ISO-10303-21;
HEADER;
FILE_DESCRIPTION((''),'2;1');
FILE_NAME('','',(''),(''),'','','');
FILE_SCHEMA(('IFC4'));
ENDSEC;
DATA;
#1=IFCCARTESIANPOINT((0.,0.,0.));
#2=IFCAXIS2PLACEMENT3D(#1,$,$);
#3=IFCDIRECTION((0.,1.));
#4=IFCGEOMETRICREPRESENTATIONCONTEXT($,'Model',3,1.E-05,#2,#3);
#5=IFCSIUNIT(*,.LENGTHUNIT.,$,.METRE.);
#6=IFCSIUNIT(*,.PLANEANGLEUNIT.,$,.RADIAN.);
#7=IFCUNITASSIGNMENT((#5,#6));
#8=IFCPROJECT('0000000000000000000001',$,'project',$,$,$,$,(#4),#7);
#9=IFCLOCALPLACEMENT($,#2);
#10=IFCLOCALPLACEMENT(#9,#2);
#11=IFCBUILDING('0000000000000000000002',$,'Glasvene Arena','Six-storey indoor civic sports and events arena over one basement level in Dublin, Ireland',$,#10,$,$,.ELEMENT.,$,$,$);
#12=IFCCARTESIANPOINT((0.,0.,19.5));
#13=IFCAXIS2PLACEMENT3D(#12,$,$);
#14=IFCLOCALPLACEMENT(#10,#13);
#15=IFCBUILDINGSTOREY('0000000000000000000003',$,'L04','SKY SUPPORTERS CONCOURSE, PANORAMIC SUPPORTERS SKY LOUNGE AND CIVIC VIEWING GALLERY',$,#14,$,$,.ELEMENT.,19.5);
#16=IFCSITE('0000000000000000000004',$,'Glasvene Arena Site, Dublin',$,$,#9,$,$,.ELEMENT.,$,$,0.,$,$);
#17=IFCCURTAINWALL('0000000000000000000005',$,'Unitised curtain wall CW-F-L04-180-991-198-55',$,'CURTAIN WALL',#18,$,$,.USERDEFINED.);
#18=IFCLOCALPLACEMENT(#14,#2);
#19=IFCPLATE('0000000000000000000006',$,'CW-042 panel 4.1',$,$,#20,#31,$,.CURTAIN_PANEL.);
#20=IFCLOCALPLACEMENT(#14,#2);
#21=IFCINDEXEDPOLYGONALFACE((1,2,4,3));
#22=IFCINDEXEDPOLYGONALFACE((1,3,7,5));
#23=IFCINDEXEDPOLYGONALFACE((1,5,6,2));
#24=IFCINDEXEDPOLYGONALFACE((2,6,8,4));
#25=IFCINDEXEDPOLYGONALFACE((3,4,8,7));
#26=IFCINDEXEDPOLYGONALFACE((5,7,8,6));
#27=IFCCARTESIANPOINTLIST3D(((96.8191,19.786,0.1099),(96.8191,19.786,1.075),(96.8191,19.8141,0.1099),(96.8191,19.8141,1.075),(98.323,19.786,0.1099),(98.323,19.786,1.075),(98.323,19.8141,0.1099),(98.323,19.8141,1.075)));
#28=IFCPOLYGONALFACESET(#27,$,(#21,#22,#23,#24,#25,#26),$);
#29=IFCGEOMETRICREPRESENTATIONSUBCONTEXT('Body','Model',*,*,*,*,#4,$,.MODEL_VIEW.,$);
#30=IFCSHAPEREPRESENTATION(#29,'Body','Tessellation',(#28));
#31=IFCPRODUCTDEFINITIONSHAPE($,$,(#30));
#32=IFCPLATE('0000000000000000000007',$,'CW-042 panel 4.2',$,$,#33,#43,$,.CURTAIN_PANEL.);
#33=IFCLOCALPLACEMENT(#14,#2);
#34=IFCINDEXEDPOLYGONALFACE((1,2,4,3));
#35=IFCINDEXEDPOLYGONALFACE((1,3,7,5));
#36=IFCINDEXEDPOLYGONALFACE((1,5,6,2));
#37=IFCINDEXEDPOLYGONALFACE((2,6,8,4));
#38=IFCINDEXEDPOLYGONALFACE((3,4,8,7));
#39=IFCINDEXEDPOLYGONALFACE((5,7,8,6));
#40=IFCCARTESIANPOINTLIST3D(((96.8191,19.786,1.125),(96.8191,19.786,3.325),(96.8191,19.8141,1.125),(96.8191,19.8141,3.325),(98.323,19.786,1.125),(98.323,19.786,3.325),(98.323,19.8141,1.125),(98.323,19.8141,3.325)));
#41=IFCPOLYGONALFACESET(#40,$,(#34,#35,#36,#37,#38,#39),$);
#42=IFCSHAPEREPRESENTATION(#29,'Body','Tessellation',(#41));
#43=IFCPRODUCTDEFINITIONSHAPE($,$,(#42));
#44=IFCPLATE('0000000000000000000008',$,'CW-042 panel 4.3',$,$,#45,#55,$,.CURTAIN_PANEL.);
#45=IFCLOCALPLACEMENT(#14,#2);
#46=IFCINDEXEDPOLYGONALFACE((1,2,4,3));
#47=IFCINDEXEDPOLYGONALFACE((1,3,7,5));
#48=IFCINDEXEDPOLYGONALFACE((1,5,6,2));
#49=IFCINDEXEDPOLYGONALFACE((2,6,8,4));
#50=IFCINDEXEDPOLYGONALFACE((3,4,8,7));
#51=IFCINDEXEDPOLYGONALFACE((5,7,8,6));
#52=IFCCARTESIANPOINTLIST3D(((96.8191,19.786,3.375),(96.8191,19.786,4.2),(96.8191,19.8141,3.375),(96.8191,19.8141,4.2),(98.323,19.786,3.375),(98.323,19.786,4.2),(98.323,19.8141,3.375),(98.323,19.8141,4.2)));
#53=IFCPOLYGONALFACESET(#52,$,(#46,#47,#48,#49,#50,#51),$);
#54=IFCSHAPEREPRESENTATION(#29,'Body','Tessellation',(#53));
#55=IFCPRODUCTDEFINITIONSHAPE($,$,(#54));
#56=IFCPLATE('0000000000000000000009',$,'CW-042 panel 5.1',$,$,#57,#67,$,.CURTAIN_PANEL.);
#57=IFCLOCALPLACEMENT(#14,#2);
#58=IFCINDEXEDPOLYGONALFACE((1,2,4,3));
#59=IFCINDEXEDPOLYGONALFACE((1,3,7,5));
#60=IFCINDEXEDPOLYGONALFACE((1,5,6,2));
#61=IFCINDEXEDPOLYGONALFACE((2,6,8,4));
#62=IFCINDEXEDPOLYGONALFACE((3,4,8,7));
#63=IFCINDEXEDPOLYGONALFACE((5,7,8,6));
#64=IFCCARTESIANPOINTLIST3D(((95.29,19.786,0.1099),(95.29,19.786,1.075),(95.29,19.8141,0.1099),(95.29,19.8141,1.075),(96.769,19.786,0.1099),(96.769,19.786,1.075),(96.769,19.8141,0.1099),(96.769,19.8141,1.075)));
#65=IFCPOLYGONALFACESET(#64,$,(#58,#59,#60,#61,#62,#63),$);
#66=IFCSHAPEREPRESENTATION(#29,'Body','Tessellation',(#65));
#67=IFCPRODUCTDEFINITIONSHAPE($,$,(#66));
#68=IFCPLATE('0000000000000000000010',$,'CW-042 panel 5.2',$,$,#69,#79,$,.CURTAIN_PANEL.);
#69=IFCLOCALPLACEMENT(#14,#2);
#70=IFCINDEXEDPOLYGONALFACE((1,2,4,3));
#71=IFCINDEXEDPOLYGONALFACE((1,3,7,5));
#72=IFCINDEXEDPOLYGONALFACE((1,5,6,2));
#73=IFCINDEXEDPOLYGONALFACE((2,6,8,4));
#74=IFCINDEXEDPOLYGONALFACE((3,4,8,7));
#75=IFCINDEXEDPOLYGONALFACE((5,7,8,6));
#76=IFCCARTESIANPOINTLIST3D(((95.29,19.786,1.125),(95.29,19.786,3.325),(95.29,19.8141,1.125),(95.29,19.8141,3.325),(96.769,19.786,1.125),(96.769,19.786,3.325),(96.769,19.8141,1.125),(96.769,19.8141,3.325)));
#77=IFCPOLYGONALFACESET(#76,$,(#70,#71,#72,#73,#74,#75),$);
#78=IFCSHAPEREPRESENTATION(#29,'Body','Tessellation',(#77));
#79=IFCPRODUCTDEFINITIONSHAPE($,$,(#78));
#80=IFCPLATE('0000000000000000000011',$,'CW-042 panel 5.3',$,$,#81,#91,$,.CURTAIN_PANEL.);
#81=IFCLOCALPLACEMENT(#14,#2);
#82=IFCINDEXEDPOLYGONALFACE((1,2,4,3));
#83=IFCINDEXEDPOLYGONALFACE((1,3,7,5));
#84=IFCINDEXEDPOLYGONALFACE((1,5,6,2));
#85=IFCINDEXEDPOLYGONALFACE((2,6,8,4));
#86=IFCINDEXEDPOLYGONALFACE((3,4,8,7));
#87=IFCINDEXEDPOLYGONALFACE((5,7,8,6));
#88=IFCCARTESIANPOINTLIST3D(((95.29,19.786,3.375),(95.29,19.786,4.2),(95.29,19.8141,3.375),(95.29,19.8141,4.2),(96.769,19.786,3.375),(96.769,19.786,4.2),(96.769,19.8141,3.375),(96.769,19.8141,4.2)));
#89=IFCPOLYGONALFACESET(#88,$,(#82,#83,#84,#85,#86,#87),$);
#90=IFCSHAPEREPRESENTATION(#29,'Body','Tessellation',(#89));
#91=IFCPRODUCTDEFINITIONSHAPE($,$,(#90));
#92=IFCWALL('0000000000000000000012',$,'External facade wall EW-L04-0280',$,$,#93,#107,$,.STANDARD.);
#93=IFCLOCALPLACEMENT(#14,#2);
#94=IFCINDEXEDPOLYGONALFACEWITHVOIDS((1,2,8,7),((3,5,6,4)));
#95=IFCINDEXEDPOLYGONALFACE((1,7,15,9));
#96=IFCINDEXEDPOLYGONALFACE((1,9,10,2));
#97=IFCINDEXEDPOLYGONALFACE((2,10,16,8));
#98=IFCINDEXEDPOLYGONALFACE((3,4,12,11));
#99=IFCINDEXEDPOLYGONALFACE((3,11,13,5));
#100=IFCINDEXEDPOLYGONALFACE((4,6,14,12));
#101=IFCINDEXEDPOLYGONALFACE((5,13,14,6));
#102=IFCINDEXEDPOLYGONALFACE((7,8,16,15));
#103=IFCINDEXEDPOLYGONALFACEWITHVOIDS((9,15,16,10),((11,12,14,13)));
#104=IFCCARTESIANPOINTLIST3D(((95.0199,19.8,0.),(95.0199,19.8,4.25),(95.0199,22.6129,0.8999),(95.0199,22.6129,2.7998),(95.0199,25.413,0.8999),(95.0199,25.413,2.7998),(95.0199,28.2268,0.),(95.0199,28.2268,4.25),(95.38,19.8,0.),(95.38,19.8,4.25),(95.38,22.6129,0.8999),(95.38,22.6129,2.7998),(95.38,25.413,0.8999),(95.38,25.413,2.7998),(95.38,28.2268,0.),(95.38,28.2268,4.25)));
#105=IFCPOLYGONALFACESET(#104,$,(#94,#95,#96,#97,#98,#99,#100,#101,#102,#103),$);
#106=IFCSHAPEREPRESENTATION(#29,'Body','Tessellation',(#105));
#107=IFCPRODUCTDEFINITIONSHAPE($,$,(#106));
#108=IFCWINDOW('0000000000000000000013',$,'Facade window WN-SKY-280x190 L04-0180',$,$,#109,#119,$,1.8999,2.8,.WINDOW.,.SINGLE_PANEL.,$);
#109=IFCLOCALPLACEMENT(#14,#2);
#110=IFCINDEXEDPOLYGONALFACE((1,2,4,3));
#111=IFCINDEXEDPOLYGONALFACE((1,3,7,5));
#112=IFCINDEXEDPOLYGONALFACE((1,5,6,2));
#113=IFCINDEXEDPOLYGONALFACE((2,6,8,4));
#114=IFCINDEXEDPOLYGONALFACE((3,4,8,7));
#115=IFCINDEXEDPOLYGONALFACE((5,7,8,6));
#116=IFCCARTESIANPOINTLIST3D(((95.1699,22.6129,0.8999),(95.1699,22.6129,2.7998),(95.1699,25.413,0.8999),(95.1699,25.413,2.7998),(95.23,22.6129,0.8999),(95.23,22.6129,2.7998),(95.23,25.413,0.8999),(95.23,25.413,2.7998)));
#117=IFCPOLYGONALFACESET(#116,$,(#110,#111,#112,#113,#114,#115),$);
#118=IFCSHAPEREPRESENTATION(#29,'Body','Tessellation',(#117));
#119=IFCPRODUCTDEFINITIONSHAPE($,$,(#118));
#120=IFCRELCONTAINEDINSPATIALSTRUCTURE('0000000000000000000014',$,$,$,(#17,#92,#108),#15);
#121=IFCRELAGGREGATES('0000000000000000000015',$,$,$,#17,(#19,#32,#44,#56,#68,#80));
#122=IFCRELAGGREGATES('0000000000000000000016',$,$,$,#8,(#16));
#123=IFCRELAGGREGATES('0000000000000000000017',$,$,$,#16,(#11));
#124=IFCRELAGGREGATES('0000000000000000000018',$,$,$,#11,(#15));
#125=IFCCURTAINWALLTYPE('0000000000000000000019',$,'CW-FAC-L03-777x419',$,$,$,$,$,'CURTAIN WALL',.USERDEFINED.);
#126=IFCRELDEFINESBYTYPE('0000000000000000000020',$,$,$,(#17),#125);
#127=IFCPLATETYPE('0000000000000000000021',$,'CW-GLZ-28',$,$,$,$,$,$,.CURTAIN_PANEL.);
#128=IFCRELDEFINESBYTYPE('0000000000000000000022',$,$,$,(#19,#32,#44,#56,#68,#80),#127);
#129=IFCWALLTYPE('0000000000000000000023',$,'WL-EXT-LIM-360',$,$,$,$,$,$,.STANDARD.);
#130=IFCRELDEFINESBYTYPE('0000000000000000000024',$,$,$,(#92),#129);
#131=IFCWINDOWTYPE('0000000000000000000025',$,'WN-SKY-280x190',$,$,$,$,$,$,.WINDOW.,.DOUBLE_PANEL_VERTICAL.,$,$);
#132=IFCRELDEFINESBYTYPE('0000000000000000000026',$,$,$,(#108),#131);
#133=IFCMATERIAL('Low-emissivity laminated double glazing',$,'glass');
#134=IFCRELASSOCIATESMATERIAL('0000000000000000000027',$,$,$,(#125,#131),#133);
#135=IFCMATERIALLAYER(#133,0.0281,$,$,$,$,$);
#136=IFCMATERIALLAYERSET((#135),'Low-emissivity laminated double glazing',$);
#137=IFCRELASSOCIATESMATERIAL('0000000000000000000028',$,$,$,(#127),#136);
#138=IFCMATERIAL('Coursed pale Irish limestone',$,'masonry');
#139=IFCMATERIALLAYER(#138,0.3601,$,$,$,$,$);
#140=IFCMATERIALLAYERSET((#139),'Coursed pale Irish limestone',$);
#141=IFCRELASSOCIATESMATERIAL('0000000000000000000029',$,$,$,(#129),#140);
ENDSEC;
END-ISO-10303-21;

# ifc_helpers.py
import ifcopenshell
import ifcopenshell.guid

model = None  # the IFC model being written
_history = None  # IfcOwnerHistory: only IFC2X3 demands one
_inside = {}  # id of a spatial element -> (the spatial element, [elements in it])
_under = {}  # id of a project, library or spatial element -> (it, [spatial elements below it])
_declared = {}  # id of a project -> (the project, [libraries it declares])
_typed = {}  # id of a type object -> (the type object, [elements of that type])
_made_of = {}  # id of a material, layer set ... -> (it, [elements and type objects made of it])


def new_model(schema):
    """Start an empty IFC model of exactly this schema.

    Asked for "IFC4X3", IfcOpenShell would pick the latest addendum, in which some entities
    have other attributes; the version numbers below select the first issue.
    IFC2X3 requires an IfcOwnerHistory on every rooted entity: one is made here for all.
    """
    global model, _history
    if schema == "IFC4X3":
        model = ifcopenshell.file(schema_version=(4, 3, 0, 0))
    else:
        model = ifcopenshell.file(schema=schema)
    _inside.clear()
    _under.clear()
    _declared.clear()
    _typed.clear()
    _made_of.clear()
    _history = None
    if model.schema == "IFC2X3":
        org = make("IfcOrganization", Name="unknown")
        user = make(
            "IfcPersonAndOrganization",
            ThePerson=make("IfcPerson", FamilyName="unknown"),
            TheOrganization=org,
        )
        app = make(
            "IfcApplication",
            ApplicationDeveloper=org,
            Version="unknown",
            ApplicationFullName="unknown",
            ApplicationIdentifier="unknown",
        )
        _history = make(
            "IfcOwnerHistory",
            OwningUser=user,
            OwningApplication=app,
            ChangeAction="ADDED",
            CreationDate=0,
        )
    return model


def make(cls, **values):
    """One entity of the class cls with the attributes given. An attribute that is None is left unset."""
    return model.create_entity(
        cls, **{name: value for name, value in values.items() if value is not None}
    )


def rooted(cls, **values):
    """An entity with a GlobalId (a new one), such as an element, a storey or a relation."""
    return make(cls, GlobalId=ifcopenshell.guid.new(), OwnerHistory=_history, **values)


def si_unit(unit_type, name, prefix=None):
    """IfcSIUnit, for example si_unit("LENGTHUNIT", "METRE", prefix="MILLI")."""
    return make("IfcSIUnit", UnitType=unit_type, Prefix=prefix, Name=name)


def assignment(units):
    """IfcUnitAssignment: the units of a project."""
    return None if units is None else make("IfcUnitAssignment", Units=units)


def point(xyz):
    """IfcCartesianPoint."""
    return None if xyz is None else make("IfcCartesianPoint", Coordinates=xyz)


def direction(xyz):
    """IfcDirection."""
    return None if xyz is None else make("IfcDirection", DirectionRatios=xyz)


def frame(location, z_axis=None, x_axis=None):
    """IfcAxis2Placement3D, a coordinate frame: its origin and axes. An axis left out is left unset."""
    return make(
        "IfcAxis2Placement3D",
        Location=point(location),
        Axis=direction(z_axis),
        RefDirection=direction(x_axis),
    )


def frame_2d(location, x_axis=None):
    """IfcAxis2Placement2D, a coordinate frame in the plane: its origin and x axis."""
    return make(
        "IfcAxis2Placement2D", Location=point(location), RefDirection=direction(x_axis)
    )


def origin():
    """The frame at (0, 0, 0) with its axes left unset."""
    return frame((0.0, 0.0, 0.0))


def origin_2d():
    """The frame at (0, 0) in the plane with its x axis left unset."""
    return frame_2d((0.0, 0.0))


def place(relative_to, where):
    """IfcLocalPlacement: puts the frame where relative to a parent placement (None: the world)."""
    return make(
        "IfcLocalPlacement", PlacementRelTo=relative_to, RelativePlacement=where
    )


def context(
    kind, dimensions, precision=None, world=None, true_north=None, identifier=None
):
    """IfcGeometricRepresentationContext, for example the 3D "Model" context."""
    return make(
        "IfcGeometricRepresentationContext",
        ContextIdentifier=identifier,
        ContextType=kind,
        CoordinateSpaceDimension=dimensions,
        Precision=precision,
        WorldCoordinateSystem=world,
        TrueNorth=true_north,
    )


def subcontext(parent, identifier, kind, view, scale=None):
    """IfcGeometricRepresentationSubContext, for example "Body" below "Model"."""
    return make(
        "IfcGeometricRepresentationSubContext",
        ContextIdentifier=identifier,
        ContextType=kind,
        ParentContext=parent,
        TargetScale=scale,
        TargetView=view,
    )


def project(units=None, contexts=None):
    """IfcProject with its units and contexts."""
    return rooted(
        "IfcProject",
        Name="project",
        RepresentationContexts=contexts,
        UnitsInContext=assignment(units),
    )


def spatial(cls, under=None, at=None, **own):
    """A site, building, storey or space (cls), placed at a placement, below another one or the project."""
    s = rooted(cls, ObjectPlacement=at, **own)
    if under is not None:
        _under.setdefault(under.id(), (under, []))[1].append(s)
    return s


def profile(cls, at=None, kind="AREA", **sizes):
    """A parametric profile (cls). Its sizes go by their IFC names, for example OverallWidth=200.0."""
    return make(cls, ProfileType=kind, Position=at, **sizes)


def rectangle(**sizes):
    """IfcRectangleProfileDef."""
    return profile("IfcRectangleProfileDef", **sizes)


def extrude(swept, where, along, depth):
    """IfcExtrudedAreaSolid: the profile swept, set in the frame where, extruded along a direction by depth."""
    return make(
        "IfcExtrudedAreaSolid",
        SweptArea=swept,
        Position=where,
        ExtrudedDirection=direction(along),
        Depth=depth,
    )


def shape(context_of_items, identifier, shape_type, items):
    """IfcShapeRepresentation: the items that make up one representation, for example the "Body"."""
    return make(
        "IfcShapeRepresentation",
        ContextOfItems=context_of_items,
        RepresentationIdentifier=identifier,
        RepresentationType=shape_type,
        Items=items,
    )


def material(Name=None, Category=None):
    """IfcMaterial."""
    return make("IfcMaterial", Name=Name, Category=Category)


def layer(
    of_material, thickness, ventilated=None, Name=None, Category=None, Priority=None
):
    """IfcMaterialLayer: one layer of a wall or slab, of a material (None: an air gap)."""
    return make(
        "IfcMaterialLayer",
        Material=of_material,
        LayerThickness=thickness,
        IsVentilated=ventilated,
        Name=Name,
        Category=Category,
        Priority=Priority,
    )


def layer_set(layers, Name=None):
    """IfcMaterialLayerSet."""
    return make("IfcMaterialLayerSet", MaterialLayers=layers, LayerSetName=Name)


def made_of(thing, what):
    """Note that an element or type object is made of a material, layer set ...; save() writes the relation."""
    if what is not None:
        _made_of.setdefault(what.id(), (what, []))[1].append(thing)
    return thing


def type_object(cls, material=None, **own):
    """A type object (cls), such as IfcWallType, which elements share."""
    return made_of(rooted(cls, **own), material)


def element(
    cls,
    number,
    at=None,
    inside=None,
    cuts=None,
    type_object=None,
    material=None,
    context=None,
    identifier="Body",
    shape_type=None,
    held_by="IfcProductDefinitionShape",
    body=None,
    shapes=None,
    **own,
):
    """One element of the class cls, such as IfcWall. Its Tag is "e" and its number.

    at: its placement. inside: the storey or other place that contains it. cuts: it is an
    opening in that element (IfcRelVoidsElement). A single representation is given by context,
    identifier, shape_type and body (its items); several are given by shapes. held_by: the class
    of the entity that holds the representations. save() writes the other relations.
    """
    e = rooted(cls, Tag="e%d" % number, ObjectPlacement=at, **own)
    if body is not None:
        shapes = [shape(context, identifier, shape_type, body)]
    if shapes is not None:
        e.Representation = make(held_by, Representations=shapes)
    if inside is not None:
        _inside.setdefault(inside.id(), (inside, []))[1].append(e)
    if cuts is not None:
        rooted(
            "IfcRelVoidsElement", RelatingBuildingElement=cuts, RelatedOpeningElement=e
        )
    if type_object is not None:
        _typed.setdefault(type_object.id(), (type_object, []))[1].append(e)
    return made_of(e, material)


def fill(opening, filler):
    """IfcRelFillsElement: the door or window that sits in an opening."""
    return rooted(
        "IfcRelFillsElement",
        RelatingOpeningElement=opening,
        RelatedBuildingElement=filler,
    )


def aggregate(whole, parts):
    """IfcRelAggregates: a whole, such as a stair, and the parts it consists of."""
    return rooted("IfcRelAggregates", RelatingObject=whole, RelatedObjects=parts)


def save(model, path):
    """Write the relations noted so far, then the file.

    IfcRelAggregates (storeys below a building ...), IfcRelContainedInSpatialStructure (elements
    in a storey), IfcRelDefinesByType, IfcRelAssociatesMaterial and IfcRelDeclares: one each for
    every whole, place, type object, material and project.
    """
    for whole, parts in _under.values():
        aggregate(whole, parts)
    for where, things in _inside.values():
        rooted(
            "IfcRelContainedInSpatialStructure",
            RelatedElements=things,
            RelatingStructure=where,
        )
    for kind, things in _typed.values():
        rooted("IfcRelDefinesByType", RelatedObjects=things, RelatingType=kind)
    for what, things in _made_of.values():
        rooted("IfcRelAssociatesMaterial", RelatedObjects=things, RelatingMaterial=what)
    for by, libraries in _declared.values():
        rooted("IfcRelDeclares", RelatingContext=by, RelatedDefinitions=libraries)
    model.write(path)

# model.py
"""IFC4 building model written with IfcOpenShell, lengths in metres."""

from ifc_helpers import new_model, si_unit, direction, frame, frame_2d, origin, origin_2d, place, context, subcontext, project, spatial, rectangle, extrude, material, layer, layer_set, type_object, element, fill, aggregate, save


model = new_model("IFC4")

# Units and contexts
model_context = context("Model", 3, precision=1e-05, world=origin(), true_north=direction((0.0, 1.0)))
body_context = subcontext(model_context, "Body", "Model", "MODEL_VIEW")
ifc_project = project(units=[si_unit("LENGTHUNIT", "METRE"), si_unit("PLANEANGLEUNIT", "RADIAN")], contexts=[model_context])

# Site, building, storey
site_placement = place(None, origin())
site = spatial("IfcSite", under=ifc_project, at=site_placement, Name="Glasvene Arena Site, Dublin", CompositionType="ELEMENT", RefElevation=0.0)
building_placement = place(site_placement, origin())
building = spatial("IfcBuilding", under=site, at=building_placement, Name="Glasvene Arena", Description="Six-storey indoor civic sports and events arena over one basement level in Dublin, Ireland", CompositionType="ELEMENT")
storey_placement = place(building_placement, frame((0.0, 0.0, 19.5)))
storey = spatial("IfcBuildingStorey", under=building, at=storey_placement, Name="L04", Description="SKY SUPPORTERS CONCOURSE, PANORAMIC SUPPORTERS SKY LOUNGE AND CIVIC VIEWING GALLERY", CompositionType="ELEMENT", Elevation=19.5)

# Curtain wall, plates
ifc_material_1 = material(Name="Low-emissivity laminated double glazing", Category="glass")
curtain_wall_type = type_object("IfcCurtainWallType", Name="CW-FAC-L03-777x419", ElementType="CURTAIN WALL", PredefinedType="USERDEFINED", material=ifc_material_1)
curtain_wall_placement = place(storey_placement, frame((103.01, 19.8, 0.0)))
curtain_wall = element("IfcCurtainWall", 1, at=curtain_wall_placement, inside=storey, type_object=curtain_wall_type, Name="Unitised curtain wall CW-F-L04-180-991-198-55", ObjectType="CURTAIN WALL", PredefinedType="USERDEFINED")
ifc_layer_1 = layer(ifc_material_1, 0.0281)
ifc_layer_set_1 = layer_set([ifc_layer_1], Name="Low-emissivity laminated double glazing")
plate_type = type_object("IfcPlateType", Name="CW-GLZ-28", PredefinedType="CURTAIN_PANEL", material=ifc_layer_set_1)
plate_1_placement = place(storey_placement, frame((97.571, 19.8, 0.1099), z_axis=(0.0, 0.0, 1.0), x_axis=(-1.0, 0.0, 0.0)))
plate_1 = element("IfcPlate", 2, at=plate_1_placement, type_object=plate_type, Name="CW-042 panel 4.1", PredefinedType="CURTAIN_PANEL", context=body_context, shape_type="SweptSolid", body=[
    extrude(rectangle(XDim=1.5039, YDim=0.0281, at=origin_2d()), origin(), (0.0, 0.0, 1.0), 0.9651),
])
plate_2_placement = place(storey_placement, frame((97.571, 19.8, 1.125), z_axis=(0.0, 0.0, 1.0), x_axis=(-1.0, 0.0, 0.0)))
plate_2 = element("IfcPlate", 3, at=plate_2_placement, type_object=plate_type, Name="CW-042 panel 4.2", PredefinedType="CURTAIN_PANEL", context=body_context, shape_type="SweptSolid", body=[
    extrude(rectangle(XDim=1.5039, YDim=0.0281, at=origin_2d()), origin(), (0.0, 0.0, 1.0), 2.2),
])
plate_3_placement = place(storey_placement, frame((97.571, 19.8, 3.375), z_axis=(0.0, 0.0, 1.0), x_axis=(-1.0, 0.0, 0.0)))
plate_3 = element("IfcPlate", 4, at=plate_3_placement, type_object=plate_type, Name="CW-042 panel 4.3", PredefinedType="CURTAIN_PANEL", context=body_context, shape_type="SweptSolid", body=[
    extrude(rectangle(XDim=1.5039, YDim=0.0281, at=origin_2d()), origin(), (0.0, 0.0, 1.0), 0.825),
])
plate_4_placement = place(storey_placement, frame((96.0295, 19.8, 0.1099), z_axis=(0.0, 0.0, 1.0), x_axis=(-1.0, 0.0, 0.0)))
plate_4 = element("IfcPlate", 5, at=plate_4_placement, type_object=plate_type, Name="CW-042 panel 5.1", PredefinedType="CURTAIN_PANEL", context=body_context, shape_type="SweptSolid", body=[
    extrude(rectangle(XDim=1.479, YDim=0.0281, at=origin_2d()), origin(), (0.0, 0.0, 1.0), 0.9651),
])
plate_5_placement = place(storey_placement, frame((96.0295, 19.8, 1.125), z_axis=(0.0, 0.0, 1.0), x_axis=(-1.0, 0.0, 0.0)))
plate_5 = element("IfcPlate", 6, at=plate_5_placement, type_object=plate_type, Name="CW-042 panel 5.2", PredefinedType="CURTAIN_PANEL", context=body_context, shape_type="SweptSolid", body=[
    extrude(rectangle(XDim=1.479, YDim=0.0281, at=origin_2d()), origin(), (0.0, 0.0, 1.0), 2.2),
])
plate_6_placement = place(storey_placement, frame((96.0295, 19.8, 3.375), z_axis=(0.0, 0.0, 1.0), x_axis=(-1.0, 0.0, 0.0)))
plate_6 = element("IfcPlate", 7, at=plate_6_placement, type_object=plate_type, Name="CW-042 panel 5.3", PredefinedType="CURTAIN_PANEL", context=body_context, shape_type="SweptSolid", body=[
    extrude(rectangle(XDim=1.479, YDim=0.0281, at=origin_2d()), origin(), (0.0, 0.0, 1.0), 0.825),
])
aggregate(curtain_wall, [plate_1, plate_2, plate_3, plate_4, plate_5, plate_6])

# Wall, opening, window
ifc_material_2 = material(Name="Coursed pale Irish limestone", Category="masonry")
ifc_layer_2 = layer(ifc_material_2, 0.3601)
ifc_layer_set_2 = layer_set([ifc_layer_2], Name="Coursed pale Irish limestone")
wall_type = type_object("IfcWallType", Name="WL-EXT-LIM-360", PredefinedType="STANDARD", material=ifc_layer_set_2)
wall_placement = place(storey_placement, frame((95.2, 19.8, 0.0), z_axis=(0.0, 0.0, 1.0), x_axis=(0.0, 1.0, 0.0)))
wall = element("IfcWall", 8, at=wall_placement, inside=storey, type_object=wall_type, Name="External facade wall EW-L04-0280", PredefinedType="STANDARD", context=body_context, shape_type="SweptSolid", body=[
    extrude(rectangle(XDim=8.4268, YDim=0.3601, at=frame_2d((4.2134, 0.0))), origin(), (0.0, 0.0, 1.0), 4.25),
])
opening_placement = place(wall_placement, frame((2.813, 0.0, 0.8999)))
opening = element("IfcOpeningElement", 9, at=opening_placement, cuts=wall, PredefinedType="OPENING", context=body_context, shape_type="SweptSolid", body=[
    extrude(rectangle(XDim=2.8, YDim=1.8999, at=frame_2d((1.3999, 0.95))), frame((0.0, 0.1899, 0.0), z_axis=(0.0, -1.0, 0.0), x_axis=(1.0, 0.0, 0.0)), (0.0, 0.0, 1.0), 0.3801),
])
window_type = type_object("IfcWindowType", Name="WN-SKY-280x190", PartitioningType="DOUBLE_PANEL_VERTICAL", PredefinedType="WINDOW", material=ifc_material_1)
window_placement = place(opening_placement, origin())
window = element("IfcWindow", 10, at=window_placement, inside=storey, type_object=window_type, Name="Facade window WN-SKY-280x190 L04-0180", OverallHeight=1.8999, OverallWidth=2.8, PartitioningType="SINGLE_PANEL", PredefinedType="WINDOW", context=body_context, shape_type="SweptSolid", body=[
    extrude(rectangle(XDim=2.8, YDim=1.8999, at=frame_2d((1.3999, 0.95))), frame((0.0, 0.03, 0.0), z_axis=(0.0, -1.0, 0.0), x_axis=(1.0, 0.0, 0.0)), (0.0, 0.0, 1.0), 0.0601),
])
fill(opening, window)

save(model, "model.ifc")
